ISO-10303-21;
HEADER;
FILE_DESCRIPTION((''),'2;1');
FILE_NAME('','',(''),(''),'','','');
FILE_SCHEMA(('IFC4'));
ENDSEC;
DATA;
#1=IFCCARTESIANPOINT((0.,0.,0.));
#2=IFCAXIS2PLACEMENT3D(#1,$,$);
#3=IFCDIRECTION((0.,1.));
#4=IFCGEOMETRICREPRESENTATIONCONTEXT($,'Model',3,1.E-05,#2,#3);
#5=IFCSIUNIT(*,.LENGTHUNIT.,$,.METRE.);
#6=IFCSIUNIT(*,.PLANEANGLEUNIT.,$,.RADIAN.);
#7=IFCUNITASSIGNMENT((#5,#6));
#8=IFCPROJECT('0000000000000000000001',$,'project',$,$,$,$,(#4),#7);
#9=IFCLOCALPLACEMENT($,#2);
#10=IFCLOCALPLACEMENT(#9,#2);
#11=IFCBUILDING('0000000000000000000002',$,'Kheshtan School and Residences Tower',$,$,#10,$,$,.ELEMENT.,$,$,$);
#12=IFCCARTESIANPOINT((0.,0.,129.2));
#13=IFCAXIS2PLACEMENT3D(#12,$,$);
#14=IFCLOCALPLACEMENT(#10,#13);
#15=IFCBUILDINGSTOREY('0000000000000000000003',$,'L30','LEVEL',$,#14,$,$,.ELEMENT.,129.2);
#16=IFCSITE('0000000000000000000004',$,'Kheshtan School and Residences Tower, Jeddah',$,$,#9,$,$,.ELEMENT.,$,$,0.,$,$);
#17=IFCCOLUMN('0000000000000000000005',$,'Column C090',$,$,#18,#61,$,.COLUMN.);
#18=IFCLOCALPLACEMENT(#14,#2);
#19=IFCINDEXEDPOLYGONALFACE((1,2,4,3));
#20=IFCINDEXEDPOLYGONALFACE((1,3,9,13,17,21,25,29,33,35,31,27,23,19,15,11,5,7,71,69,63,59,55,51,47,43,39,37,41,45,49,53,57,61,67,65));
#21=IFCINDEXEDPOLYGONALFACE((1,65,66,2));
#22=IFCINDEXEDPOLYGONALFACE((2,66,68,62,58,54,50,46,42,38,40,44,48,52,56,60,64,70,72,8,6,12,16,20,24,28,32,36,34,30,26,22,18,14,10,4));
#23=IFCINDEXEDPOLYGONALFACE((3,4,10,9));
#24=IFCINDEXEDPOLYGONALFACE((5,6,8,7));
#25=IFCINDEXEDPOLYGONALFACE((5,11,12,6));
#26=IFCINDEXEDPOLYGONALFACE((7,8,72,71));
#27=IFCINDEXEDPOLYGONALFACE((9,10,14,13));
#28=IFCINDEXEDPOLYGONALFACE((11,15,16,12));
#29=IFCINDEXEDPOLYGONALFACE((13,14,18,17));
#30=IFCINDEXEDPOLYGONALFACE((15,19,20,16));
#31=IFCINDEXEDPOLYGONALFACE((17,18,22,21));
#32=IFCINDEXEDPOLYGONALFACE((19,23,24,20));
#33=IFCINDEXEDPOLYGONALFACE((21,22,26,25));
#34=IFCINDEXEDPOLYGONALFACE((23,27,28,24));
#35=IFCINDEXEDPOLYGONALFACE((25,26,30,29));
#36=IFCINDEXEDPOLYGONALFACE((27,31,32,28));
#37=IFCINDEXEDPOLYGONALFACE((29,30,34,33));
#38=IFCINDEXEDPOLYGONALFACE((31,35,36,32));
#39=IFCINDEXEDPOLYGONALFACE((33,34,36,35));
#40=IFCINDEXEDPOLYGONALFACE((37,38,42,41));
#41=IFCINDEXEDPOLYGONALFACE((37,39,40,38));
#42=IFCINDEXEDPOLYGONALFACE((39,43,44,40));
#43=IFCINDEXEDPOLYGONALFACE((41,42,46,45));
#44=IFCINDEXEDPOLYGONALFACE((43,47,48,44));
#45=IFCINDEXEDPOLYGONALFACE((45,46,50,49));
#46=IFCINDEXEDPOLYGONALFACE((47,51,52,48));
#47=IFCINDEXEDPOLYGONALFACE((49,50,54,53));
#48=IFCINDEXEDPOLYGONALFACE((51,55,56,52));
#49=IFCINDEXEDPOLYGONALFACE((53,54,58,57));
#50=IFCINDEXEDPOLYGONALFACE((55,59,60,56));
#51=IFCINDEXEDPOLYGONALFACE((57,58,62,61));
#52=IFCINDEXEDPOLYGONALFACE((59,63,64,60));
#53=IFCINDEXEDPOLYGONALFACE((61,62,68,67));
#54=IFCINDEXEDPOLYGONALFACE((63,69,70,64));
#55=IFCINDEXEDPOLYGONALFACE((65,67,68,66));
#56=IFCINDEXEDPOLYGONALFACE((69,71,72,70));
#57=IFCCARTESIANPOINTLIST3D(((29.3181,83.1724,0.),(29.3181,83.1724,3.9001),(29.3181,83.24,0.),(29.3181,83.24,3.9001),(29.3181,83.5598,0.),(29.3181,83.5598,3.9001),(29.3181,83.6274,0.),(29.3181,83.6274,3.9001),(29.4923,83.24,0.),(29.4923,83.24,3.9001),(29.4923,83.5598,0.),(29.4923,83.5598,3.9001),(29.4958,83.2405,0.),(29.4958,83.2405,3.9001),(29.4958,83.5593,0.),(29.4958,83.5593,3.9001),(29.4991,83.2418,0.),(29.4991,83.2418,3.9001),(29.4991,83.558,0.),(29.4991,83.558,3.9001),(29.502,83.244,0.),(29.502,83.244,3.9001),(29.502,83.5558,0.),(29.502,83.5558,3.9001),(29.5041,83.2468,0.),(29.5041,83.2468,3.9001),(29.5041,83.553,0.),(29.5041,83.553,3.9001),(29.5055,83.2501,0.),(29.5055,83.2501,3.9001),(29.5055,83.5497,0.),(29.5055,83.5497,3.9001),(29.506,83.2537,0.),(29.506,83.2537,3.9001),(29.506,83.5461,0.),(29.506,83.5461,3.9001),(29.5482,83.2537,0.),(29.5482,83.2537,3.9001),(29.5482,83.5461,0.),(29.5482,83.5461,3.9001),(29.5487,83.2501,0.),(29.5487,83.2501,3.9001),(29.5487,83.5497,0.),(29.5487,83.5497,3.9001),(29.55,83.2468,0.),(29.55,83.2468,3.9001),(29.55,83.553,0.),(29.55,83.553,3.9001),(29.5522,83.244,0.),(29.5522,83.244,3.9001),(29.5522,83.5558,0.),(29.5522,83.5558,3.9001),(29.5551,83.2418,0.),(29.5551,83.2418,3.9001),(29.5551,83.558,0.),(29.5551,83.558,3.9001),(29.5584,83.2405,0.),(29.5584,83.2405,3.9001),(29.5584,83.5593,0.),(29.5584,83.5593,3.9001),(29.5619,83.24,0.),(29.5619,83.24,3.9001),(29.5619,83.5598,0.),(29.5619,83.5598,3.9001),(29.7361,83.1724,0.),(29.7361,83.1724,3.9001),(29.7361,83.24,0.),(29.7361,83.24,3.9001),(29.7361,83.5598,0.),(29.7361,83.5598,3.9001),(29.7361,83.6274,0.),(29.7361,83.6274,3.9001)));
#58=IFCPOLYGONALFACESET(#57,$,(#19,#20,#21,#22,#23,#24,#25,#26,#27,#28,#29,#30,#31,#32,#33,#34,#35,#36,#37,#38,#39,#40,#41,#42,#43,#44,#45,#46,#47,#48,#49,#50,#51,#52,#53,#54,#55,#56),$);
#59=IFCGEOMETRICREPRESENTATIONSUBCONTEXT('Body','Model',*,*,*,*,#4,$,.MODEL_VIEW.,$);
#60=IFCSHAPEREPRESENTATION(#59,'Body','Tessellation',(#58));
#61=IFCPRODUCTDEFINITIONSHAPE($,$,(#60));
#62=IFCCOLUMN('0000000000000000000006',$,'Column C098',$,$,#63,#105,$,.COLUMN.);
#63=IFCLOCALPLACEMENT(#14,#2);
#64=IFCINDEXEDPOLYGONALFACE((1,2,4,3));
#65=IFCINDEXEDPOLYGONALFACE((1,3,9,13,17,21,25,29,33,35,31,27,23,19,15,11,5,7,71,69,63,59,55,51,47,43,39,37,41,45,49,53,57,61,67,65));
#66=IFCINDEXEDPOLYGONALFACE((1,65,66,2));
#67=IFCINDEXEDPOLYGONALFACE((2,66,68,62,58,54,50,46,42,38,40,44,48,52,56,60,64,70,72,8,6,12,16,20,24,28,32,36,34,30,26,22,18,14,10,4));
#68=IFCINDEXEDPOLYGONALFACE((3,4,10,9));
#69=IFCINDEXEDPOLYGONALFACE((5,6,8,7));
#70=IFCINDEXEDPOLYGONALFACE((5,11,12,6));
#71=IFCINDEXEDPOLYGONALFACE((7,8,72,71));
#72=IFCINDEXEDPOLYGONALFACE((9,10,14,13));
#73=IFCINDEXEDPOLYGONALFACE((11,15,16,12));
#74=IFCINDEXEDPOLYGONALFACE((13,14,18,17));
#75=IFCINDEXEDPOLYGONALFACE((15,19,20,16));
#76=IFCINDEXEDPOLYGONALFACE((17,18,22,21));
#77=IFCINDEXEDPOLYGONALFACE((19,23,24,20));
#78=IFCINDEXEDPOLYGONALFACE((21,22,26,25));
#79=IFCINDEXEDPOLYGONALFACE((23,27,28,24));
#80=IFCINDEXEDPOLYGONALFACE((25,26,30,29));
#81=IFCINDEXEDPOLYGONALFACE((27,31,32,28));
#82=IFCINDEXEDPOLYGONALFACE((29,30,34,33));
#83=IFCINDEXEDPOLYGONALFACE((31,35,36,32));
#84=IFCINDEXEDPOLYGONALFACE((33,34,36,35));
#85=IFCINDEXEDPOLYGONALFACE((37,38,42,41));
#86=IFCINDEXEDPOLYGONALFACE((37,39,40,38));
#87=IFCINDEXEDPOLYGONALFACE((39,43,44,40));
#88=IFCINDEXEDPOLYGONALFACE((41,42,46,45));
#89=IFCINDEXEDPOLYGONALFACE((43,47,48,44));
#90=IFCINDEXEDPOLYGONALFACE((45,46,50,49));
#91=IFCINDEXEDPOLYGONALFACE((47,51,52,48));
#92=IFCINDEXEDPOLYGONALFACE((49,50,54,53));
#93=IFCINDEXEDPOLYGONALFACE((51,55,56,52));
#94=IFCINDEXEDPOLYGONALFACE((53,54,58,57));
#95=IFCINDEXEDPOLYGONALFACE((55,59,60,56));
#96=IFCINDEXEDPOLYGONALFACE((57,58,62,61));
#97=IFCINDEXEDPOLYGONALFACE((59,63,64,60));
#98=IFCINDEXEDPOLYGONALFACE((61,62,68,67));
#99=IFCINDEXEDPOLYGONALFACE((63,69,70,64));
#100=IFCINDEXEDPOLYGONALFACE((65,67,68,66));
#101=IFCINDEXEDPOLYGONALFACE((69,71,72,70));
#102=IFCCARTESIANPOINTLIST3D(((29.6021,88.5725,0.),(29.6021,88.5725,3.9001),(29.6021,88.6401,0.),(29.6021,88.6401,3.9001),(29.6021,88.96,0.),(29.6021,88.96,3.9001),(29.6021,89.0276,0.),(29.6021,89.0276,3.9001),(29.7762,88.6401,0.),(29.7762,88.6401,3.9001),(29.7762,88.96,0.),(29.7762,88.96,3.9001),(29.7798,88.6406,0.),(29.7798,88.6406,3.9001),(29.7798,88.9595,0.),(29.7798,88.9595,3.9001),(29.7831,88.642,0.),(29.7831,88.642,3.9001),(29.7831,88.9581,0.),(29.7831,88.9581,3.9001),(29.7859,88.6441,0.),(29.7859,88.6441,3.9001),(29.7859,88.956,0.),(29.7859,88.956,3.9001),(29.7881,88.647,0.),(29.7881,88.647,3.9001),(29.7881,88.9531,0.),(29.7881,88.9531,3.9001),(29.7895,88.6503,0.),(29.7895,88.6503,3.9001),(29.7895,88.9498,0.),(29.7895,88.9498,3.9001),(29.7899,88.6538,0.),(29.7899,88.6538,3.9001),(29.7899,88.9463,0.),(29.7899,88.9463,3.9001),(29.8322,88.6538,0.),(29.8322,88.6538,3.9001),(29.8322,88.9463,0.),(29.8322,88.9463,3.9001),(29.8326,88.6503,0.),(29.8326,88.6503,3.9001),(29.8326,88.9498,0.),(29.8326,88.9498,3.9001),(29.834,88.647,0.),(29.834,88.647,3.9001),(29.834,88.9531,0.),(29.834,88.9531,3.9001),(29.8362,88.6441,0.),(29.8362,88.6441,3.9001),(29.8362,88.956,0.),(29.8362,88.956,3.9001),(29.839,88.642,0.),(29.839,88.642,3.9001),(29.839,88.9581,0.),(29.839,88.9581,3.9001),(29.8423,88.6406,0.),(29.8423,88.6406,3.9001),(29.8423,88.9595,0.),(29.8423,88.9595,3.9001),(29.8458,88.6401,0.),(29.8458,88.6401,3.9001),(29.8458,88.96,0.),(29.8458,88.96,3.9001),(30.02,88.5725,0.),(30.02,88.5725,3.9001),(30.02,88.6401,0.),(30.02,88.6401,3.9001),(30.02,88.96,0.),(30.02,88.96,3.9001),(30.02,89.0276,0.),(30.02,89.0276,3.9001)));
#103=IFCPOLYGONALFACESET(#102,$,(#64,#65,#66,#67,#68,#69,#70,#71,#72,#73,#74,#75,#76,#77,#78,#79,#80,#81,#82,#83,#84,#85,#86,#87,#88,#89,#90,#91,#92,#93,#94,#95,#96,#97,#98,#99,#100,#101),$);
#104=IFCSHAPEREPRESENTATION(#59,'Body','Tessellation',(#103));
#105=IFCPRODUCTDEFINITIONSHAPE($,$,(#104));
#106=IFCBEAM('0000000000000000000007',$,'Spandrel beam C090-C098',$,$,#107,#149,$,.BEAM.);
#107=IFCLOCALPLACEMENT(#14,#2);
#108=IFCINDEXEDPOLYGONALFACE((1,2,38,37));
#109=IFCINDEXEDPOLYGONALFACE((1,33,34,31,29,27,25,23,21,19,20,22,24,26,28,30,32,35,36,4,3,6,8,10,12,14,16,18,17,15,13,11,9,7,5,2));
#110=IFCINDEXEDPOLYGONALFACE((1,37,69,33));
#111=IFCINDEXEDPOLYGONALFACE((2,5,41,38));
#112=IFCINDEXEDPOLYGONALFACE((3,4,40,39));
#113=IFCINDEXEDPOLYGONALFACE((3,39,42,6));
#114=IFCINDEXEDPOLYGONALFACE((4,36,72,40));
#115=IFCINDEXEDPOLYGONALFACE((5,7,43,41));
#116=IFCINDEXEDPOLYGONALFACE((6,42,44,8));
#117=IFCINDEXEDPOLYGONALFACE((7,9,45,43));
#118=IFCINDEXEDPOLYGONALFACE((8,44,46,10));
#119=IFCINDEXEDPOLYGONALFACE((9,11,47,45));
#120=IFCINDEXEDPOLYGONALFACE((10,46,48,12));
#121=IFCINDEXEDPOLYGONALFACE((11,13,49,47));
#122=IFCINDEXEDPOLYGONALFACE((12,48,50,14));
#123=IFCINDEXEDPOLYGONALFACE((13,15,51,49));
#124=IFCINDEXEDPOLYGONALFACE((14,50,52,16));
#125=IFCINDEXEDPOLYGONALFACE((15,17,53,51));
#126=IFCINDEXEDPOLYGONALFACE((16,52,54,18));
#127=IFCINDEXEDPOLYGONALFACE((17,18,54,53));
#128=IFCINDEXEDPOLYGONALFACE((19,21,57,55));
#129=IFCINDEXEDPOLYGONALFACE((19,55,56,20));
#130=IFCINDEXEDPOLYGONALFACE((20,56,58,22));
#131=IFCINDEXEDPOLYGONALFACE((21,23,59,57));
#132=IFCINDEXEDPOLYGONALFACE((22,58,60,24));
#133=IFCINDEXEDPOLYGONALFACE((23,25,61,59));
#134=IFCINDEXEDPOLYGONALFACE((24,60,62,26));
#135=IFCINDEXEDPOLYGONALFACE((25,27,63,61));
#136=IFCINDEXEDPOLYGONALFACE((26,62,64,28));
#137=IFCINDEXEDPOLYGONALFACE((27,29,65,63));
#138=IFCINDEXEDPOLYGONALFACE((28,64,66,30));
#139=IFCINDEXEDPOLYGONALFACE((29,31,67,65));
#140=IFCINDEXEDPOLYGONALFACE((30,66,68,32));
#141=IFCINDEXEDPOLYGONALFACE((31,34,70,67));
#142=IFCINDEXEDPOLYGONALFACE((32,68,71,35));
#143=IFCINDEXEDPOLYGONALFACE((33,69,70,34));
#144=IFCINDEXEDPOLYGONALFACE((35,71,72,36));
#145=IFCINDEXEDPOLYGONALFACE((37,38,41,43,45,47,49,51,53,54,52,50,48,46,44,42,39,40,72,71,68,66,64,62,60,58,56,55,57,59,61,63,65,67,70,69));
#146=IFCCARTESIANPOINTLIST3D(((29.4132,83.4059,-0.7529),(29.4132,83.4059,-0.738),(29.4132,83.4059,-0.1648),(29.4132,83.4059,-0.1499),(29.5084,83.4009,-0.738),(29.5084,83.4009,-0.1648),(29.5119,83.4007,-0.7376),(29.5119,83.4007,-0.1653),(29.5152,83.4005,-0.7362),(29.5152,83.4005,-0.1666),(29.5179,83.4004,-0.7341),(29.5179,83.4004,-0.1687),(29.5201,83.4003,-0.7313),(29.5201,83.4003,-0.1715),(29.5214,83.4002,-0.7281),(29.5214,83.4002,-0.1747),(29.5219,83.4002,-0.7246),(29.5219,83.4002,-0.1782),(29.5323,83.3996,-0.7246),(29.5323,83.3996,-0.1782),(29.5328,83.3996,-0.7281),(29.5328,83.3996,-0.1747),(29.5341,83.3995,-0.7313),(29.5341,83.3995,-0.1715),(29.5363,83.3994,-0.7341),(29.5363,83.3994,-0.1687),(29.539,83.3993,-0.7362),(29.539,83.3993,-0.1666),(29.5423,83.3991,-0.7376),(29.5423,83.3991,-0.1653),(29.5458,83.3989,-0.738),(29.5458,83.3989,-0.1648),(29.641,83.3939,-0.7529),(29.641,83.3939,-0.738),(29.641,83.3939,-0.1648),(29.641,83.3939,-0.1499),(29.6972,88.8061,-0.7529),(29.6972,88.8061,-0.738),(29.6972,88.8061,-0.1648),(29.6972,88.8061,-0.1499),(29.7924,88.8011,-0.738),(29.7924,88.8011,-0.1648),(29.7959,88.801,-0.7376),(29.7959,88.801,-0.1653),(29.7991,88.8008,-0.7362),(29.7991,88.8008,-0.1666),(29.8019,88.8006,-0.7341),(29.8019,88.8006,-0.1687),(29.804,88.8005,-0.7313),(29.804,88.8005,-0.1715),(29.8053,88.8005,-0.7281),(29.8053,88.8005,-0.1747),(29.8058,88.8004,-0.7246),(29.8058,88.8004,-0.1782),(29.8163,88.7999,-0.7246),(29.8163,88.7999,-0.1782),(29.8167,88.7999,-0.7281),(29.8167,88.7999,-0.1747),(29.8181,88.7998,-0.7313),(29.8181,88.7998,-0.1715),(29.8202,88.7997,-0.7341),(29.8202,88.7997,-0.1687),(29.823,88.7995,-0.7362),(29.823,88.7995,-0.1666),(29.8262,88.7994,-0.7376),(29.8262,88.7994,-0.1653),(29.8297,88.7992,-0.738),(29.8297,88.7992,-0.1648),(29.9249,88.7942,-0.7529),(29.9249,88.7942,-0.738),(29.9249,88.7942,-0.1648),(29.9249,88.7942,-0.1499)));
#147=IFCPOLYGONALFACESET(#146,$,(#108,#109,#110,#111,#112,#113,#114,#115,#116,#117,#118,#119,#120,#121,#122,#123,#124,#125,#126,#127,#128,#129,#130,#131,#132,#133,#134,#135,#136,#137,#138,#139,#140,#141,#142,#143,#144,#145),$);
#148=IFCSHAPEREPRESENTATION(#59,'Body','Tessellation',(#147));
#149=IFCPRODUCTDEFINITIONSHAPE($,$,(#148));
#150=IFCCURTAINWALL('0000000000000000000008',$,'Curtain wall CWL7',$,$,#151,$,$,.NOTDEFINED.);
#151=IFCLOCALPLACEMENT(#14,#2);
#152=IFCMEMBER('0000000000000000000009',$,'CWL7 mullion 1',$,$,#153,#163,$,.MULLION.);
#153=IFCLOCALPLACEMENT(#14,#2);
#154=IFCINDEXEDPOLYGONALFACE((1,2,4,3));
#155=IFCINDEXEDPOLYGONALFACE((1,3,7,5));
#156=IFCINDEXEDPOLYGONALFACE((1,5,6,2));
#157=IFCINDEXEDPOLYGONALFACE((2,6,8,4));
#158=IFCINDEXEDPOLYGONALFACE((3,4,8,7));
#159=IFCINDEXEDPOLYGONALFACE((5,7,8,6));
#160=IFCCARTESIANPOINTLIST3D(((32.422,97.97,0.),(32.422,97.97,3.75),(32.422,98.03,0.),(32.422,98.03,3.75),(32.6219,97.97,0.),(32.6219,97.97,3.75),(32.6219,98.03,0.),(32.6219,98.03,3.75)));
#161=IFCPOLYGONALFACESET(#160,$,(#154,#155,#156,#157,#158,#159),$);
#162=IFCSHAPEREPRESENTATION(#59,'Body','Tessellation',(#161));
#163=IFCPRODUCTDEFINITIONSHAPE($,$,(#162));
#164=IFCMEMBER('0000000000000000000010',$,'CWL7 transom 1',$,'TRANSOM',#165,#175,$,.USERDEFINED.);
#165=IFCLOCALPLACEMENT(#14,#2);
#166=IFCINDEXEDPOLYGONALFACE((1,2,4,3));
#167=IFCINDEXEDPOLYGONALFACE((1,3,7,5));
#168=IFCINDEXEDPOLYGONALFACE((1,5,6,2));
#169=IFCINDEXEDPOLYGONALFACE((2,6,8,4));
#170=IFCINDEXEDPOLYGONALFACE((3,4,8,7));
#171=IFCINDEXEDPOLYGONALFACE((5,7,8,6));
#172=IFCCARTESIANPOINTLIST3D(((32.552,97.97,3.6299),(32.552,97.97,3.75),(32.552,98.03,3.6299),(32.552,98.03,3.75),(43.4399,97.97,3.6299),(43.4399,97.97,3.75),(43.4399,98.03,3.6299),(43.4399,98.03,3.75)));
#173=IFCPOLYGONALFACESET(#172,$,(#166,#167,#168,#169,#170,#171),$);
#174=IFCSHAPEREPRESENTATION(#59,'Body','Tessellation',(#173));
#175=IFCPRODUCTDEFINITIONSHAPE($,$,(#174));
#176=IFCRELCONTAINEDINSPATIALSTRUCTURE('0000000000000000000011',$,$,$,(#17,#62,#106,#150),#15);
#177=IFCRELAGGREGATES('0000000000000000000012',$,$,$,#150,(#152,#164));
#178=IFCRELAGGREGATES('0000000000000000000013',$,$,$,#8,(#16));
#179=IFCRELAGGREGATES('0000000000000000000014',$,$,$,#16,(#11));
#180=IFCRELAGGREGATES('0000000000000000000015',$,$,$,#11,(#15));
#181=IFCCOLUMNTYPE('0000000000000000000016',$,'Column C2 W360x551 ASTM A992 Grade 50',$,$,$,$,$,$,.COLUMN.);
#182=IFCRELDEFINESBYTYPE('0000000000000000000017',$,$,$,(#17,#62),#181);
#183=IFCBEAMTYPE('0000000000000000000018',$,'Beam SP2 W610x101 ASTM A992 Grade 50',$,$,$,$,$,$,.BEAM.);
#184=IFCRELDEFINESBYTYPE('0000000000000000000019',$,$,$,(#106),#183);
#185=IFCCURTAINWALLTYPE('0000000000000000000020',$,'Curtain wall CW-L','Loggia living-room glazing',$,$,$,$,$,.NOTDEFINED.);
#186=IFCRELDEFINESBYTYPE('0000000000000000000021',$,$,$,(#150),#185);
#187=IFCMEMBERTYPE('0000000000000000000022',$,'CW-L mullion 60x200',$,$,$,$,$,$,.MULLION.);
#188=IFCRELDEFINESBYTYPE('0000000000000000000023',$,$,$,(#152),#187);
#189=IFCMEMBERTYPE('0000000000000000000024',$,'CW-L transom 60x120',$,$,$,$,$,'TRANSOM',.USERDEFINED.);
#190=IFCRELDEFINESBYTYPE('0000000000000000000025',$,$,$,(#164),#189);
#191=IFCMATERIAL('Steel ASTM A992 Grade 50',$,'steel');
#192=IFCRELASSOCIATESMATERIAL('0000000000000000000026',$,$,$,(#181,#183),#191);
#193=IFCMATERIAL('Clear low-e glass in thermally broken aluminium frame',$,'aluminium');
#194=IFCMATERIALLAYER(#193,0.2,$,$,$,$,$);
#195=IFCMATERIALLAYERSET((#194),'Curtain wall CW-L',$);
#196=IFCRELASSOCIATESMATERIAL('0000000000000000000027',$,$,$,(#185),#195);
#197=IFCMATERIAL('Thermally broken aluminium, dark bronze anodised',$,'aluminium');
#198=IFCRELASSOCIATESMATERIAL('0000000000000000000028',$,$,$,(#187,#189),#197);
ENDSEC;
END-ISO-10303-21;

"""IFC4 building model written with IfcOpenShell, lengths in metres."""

from ifc_helpers import new_model, si_unit, direction, frame, origin, origin_2d, place, context, subcontext, project, spatial, rectangle, i_section, extrude, material, layer, layer_set, material_profile, profile_set, type_object, element, aggregate, save


model = new_model("IFC4")

# Units and contexts
model_context = context("Model", 3, precision=1e-05, world=origin(), true_north=direction((0.0, 1.0)))
body_context = subcontext(model_context, "Body", "Model", "MODEL_VIEW")
ifc_project = project(units=[si_unit("LENGTHUNIT", "METRE"), si_unit("PLANEANGLEUNIT", "RADIAN")], contexts=[model_context])

# Site, building, storey
site_placement = place(None, origin())
site = spatial("IfcSite", under=ifc_project, at=site_placement, Name="Kheshtan School and Residences Tower, Jeddah", CompositionType="ELEMENT", RefElevation=0.0)
building_placement = place(site_placement, origin())
building = spatial("IfcBuilding", under=site, at=building_placement, Name="Kheshtan School and Residences Tower", CompositionType="ELEMENT")
storey_placement = place(building_placement, frame((0.0, 0.0, 129.2)))
storey = spatial("IfcBuildingStorey", under=building, at=storey_placement, Name="L30", Description="LEVEL", CompositionType="ELEMENT", Elevation=129.2)

# Columns
ifc_material_1 = material(Name="Steel ASTM A992 Grade 50", Category="steel")
ifc_material_profile_1 = material_profile(ifc_material_1, i_section(OverallWidth=0.418, OverallDepth=0.4551, WebThickness=0.0422, FlangeThickness=0.0676, FilletRadius=0.0137, at=origin_2d()), Name="W360x551")
ifc_profile_set_1 = profile_set([ifc_material_profile_1], Name="Steel ASTM A992 Grade 50")
column_type = type_object("IfcColumnType", Name="Column C2 W360x551 ASTM A992 Grade 50", PredefinedType="COLUMN", material=ifc_profile_set_1)
for number, where, z_axis, x_axis, name in (
    (1, (29.5271, 83.3999, 0.0), (0.0, 0.0, 1.0), (1.0, 0.0, 0.0), "Column C090"),
    (2, (29.811, 88.8, 0.0), (0.0, 0.0, 1.0), (1.0, 0.0, 0.0), "Column C098"),
):
    element("IfcColumn", number, at=place(storey_placement, frame(where, z_axis=z_axis, x_axis=x_axis)), inside=storey, type_object=column_type, Name=name, PredefinedType="COLUMN", context=body_context, shape_type="SweptSolid", body=[
        extrude(i_section(OverallWidth=0.418, OverallDepth=0.4551, WebThickness=0.0422, FlangeThickness=0.0676, FilletRadius=0.0137, at=origin_2d()), origin(), (0.0, 0.0, 1.0), 3.9001),
    ])

# Beam
ifc_material_profile_2 = material_profile(ifc_material_1, i_section(OverallWidth=0.228, OverallDepth=0.603, WebThickness=0.0105, FlangeThickness=0.0149, FilletRadius=0.0134, at=origin_2d()), Name="W610x101")
ifc_profile_set_2 = profile_set([ifc_material_profile_2], Name="Steel ASTM A992 Grade 50")
beam_type_1 = type_object("IfcBeamType", Name="Beam SP2 W610x101 ASTM A992 Grade 50", PredefinedType="BEAM", material=ifc_profile_set_2)
beam_1_placement = place(storey_placement, frame((29.5271, 83.3999, -0.4514), z_axis=(0.052507, 0.998621, 0.0), x_axis=(-0.998621, 0.052507, 0.0)))
element("IfcBeam", 3, at=beam_1_placement, inside=storey, type_object=beam_type_1, Name="Spandrel beam C090-C098", PredefinedType="BEAM", context=body_context, shape_type="SweptSolid", body=[
    extrude(i_section(OverallWidth=0.228, OverallDepth=0.603, WebThickness=0.0105, FlangeThickness=0.0149, FilletRadius=0.0134, at=origin_2d()), origin(), (0.0, 0.0, 1.0), 5.4077),
])

# Curtain wall, members
ifc_material_2 = material(Name="Clear low-e glass in thermally broken aluminium frame", Category="aluminium")
ifc_layer_1 = layer(ifc_material_2, 0.2)
ifc_layer_set_1 = layer_set([ifc_layer_1], Name="Curtain wall CW-L")
curtain_wall_type = type_object("IfcCurtainWallType", Name="Curtain wall CW-L", Description="Loggia living-room glazing", PredefinedType="NOTDEFINED", material=ifc_layer_set_1)
curtain_wall_placement = place(storey_placement, origin())
curtain_wall = element("IfcCurtainWall", 4, at=curtain_wall_placement, inside=storey, type_object=curtain_wall_type, Name="Curtain wall CWL7", PredefinedType="NOTDEFINED")
ifc_material_3 = material(Name="Thermally broken aluminium, dark bronze anodised", Category="aluminium")
ifc_material_profile_3 = material_profile(ifc_material_3, rectangle(XDim=0.0601, YDim=0.2, at=origin_2d()), Name="CW-L mullion 60x200")
ifc_profile_set_3 = profile_set([ifc_material_profile_3], Name="Thermally broken aluminium, dark bronze anodised")
member_type_1 = type_object("IfcMemberType", Name="CW-L mullion 60x200", PredefinedType="MULLION", material=ifc_profile_set_3)
member_1_placement = place(storey_placement, frame((32.522, 98.0, 0.0), z_axis=(0.0, 0.0, 1.0), x_axis=(0.0, 1.0, 0.0)))
member_1 = element("IfcMember", 5, at=member_1_placement, type_object=member_type_1, Name="CWL7 mullion 1", PredefinedType="MULLION", context=body_context, shape_type="SweptSolid", body=[
    extrude(rectangle(XDim=0.0601, YDim=0.2, at=origin_2d()), origin(), (0.0, 0.0, 1.0), 3.75),
])
ifc_material_profile_4 = material_profile(ifc_material_3, rectangle(XDim=0.0601, YDim=0.1201, at=origin_2d()), Name="CW-L transom 60x120")
ifc_profile_set_4 = profile_set([ifc_material_profile_4], Name="Thermally broken aluminium, dark bronze anodised")
member_type_2 = type_object("IfcMemberType", Name="CW-L transom 60x120", ElementType="TRANSOM", PredefinedType="USERDEFINED", material=ifc_profile_set_4)
member_2_placement = place(storey_placement, frame((32.552, 98.0, 3.6899), z_axis=(1.0, 0.0, 0.0), x_axis=(0.0, 1.0, 0.0)))
member_2 = element("IfcMember", 6, at=member_2_placement, type_object=member_type_2, Name="CWL7 transom 1", ObjectType="TRANSOM", PredefinedType="USERDEFINED", context=body_context, shape_type="SweptSolid", body=[
    extrude(rectangle(XDim=0.0601, YDim=0.1201, at=origin_2d()), origin(), (0.0, 0.0, 1.0), 10.8879),
])

aggregate(curtain_wall, [member_1, member_2])

save(model, "model.ifc")
